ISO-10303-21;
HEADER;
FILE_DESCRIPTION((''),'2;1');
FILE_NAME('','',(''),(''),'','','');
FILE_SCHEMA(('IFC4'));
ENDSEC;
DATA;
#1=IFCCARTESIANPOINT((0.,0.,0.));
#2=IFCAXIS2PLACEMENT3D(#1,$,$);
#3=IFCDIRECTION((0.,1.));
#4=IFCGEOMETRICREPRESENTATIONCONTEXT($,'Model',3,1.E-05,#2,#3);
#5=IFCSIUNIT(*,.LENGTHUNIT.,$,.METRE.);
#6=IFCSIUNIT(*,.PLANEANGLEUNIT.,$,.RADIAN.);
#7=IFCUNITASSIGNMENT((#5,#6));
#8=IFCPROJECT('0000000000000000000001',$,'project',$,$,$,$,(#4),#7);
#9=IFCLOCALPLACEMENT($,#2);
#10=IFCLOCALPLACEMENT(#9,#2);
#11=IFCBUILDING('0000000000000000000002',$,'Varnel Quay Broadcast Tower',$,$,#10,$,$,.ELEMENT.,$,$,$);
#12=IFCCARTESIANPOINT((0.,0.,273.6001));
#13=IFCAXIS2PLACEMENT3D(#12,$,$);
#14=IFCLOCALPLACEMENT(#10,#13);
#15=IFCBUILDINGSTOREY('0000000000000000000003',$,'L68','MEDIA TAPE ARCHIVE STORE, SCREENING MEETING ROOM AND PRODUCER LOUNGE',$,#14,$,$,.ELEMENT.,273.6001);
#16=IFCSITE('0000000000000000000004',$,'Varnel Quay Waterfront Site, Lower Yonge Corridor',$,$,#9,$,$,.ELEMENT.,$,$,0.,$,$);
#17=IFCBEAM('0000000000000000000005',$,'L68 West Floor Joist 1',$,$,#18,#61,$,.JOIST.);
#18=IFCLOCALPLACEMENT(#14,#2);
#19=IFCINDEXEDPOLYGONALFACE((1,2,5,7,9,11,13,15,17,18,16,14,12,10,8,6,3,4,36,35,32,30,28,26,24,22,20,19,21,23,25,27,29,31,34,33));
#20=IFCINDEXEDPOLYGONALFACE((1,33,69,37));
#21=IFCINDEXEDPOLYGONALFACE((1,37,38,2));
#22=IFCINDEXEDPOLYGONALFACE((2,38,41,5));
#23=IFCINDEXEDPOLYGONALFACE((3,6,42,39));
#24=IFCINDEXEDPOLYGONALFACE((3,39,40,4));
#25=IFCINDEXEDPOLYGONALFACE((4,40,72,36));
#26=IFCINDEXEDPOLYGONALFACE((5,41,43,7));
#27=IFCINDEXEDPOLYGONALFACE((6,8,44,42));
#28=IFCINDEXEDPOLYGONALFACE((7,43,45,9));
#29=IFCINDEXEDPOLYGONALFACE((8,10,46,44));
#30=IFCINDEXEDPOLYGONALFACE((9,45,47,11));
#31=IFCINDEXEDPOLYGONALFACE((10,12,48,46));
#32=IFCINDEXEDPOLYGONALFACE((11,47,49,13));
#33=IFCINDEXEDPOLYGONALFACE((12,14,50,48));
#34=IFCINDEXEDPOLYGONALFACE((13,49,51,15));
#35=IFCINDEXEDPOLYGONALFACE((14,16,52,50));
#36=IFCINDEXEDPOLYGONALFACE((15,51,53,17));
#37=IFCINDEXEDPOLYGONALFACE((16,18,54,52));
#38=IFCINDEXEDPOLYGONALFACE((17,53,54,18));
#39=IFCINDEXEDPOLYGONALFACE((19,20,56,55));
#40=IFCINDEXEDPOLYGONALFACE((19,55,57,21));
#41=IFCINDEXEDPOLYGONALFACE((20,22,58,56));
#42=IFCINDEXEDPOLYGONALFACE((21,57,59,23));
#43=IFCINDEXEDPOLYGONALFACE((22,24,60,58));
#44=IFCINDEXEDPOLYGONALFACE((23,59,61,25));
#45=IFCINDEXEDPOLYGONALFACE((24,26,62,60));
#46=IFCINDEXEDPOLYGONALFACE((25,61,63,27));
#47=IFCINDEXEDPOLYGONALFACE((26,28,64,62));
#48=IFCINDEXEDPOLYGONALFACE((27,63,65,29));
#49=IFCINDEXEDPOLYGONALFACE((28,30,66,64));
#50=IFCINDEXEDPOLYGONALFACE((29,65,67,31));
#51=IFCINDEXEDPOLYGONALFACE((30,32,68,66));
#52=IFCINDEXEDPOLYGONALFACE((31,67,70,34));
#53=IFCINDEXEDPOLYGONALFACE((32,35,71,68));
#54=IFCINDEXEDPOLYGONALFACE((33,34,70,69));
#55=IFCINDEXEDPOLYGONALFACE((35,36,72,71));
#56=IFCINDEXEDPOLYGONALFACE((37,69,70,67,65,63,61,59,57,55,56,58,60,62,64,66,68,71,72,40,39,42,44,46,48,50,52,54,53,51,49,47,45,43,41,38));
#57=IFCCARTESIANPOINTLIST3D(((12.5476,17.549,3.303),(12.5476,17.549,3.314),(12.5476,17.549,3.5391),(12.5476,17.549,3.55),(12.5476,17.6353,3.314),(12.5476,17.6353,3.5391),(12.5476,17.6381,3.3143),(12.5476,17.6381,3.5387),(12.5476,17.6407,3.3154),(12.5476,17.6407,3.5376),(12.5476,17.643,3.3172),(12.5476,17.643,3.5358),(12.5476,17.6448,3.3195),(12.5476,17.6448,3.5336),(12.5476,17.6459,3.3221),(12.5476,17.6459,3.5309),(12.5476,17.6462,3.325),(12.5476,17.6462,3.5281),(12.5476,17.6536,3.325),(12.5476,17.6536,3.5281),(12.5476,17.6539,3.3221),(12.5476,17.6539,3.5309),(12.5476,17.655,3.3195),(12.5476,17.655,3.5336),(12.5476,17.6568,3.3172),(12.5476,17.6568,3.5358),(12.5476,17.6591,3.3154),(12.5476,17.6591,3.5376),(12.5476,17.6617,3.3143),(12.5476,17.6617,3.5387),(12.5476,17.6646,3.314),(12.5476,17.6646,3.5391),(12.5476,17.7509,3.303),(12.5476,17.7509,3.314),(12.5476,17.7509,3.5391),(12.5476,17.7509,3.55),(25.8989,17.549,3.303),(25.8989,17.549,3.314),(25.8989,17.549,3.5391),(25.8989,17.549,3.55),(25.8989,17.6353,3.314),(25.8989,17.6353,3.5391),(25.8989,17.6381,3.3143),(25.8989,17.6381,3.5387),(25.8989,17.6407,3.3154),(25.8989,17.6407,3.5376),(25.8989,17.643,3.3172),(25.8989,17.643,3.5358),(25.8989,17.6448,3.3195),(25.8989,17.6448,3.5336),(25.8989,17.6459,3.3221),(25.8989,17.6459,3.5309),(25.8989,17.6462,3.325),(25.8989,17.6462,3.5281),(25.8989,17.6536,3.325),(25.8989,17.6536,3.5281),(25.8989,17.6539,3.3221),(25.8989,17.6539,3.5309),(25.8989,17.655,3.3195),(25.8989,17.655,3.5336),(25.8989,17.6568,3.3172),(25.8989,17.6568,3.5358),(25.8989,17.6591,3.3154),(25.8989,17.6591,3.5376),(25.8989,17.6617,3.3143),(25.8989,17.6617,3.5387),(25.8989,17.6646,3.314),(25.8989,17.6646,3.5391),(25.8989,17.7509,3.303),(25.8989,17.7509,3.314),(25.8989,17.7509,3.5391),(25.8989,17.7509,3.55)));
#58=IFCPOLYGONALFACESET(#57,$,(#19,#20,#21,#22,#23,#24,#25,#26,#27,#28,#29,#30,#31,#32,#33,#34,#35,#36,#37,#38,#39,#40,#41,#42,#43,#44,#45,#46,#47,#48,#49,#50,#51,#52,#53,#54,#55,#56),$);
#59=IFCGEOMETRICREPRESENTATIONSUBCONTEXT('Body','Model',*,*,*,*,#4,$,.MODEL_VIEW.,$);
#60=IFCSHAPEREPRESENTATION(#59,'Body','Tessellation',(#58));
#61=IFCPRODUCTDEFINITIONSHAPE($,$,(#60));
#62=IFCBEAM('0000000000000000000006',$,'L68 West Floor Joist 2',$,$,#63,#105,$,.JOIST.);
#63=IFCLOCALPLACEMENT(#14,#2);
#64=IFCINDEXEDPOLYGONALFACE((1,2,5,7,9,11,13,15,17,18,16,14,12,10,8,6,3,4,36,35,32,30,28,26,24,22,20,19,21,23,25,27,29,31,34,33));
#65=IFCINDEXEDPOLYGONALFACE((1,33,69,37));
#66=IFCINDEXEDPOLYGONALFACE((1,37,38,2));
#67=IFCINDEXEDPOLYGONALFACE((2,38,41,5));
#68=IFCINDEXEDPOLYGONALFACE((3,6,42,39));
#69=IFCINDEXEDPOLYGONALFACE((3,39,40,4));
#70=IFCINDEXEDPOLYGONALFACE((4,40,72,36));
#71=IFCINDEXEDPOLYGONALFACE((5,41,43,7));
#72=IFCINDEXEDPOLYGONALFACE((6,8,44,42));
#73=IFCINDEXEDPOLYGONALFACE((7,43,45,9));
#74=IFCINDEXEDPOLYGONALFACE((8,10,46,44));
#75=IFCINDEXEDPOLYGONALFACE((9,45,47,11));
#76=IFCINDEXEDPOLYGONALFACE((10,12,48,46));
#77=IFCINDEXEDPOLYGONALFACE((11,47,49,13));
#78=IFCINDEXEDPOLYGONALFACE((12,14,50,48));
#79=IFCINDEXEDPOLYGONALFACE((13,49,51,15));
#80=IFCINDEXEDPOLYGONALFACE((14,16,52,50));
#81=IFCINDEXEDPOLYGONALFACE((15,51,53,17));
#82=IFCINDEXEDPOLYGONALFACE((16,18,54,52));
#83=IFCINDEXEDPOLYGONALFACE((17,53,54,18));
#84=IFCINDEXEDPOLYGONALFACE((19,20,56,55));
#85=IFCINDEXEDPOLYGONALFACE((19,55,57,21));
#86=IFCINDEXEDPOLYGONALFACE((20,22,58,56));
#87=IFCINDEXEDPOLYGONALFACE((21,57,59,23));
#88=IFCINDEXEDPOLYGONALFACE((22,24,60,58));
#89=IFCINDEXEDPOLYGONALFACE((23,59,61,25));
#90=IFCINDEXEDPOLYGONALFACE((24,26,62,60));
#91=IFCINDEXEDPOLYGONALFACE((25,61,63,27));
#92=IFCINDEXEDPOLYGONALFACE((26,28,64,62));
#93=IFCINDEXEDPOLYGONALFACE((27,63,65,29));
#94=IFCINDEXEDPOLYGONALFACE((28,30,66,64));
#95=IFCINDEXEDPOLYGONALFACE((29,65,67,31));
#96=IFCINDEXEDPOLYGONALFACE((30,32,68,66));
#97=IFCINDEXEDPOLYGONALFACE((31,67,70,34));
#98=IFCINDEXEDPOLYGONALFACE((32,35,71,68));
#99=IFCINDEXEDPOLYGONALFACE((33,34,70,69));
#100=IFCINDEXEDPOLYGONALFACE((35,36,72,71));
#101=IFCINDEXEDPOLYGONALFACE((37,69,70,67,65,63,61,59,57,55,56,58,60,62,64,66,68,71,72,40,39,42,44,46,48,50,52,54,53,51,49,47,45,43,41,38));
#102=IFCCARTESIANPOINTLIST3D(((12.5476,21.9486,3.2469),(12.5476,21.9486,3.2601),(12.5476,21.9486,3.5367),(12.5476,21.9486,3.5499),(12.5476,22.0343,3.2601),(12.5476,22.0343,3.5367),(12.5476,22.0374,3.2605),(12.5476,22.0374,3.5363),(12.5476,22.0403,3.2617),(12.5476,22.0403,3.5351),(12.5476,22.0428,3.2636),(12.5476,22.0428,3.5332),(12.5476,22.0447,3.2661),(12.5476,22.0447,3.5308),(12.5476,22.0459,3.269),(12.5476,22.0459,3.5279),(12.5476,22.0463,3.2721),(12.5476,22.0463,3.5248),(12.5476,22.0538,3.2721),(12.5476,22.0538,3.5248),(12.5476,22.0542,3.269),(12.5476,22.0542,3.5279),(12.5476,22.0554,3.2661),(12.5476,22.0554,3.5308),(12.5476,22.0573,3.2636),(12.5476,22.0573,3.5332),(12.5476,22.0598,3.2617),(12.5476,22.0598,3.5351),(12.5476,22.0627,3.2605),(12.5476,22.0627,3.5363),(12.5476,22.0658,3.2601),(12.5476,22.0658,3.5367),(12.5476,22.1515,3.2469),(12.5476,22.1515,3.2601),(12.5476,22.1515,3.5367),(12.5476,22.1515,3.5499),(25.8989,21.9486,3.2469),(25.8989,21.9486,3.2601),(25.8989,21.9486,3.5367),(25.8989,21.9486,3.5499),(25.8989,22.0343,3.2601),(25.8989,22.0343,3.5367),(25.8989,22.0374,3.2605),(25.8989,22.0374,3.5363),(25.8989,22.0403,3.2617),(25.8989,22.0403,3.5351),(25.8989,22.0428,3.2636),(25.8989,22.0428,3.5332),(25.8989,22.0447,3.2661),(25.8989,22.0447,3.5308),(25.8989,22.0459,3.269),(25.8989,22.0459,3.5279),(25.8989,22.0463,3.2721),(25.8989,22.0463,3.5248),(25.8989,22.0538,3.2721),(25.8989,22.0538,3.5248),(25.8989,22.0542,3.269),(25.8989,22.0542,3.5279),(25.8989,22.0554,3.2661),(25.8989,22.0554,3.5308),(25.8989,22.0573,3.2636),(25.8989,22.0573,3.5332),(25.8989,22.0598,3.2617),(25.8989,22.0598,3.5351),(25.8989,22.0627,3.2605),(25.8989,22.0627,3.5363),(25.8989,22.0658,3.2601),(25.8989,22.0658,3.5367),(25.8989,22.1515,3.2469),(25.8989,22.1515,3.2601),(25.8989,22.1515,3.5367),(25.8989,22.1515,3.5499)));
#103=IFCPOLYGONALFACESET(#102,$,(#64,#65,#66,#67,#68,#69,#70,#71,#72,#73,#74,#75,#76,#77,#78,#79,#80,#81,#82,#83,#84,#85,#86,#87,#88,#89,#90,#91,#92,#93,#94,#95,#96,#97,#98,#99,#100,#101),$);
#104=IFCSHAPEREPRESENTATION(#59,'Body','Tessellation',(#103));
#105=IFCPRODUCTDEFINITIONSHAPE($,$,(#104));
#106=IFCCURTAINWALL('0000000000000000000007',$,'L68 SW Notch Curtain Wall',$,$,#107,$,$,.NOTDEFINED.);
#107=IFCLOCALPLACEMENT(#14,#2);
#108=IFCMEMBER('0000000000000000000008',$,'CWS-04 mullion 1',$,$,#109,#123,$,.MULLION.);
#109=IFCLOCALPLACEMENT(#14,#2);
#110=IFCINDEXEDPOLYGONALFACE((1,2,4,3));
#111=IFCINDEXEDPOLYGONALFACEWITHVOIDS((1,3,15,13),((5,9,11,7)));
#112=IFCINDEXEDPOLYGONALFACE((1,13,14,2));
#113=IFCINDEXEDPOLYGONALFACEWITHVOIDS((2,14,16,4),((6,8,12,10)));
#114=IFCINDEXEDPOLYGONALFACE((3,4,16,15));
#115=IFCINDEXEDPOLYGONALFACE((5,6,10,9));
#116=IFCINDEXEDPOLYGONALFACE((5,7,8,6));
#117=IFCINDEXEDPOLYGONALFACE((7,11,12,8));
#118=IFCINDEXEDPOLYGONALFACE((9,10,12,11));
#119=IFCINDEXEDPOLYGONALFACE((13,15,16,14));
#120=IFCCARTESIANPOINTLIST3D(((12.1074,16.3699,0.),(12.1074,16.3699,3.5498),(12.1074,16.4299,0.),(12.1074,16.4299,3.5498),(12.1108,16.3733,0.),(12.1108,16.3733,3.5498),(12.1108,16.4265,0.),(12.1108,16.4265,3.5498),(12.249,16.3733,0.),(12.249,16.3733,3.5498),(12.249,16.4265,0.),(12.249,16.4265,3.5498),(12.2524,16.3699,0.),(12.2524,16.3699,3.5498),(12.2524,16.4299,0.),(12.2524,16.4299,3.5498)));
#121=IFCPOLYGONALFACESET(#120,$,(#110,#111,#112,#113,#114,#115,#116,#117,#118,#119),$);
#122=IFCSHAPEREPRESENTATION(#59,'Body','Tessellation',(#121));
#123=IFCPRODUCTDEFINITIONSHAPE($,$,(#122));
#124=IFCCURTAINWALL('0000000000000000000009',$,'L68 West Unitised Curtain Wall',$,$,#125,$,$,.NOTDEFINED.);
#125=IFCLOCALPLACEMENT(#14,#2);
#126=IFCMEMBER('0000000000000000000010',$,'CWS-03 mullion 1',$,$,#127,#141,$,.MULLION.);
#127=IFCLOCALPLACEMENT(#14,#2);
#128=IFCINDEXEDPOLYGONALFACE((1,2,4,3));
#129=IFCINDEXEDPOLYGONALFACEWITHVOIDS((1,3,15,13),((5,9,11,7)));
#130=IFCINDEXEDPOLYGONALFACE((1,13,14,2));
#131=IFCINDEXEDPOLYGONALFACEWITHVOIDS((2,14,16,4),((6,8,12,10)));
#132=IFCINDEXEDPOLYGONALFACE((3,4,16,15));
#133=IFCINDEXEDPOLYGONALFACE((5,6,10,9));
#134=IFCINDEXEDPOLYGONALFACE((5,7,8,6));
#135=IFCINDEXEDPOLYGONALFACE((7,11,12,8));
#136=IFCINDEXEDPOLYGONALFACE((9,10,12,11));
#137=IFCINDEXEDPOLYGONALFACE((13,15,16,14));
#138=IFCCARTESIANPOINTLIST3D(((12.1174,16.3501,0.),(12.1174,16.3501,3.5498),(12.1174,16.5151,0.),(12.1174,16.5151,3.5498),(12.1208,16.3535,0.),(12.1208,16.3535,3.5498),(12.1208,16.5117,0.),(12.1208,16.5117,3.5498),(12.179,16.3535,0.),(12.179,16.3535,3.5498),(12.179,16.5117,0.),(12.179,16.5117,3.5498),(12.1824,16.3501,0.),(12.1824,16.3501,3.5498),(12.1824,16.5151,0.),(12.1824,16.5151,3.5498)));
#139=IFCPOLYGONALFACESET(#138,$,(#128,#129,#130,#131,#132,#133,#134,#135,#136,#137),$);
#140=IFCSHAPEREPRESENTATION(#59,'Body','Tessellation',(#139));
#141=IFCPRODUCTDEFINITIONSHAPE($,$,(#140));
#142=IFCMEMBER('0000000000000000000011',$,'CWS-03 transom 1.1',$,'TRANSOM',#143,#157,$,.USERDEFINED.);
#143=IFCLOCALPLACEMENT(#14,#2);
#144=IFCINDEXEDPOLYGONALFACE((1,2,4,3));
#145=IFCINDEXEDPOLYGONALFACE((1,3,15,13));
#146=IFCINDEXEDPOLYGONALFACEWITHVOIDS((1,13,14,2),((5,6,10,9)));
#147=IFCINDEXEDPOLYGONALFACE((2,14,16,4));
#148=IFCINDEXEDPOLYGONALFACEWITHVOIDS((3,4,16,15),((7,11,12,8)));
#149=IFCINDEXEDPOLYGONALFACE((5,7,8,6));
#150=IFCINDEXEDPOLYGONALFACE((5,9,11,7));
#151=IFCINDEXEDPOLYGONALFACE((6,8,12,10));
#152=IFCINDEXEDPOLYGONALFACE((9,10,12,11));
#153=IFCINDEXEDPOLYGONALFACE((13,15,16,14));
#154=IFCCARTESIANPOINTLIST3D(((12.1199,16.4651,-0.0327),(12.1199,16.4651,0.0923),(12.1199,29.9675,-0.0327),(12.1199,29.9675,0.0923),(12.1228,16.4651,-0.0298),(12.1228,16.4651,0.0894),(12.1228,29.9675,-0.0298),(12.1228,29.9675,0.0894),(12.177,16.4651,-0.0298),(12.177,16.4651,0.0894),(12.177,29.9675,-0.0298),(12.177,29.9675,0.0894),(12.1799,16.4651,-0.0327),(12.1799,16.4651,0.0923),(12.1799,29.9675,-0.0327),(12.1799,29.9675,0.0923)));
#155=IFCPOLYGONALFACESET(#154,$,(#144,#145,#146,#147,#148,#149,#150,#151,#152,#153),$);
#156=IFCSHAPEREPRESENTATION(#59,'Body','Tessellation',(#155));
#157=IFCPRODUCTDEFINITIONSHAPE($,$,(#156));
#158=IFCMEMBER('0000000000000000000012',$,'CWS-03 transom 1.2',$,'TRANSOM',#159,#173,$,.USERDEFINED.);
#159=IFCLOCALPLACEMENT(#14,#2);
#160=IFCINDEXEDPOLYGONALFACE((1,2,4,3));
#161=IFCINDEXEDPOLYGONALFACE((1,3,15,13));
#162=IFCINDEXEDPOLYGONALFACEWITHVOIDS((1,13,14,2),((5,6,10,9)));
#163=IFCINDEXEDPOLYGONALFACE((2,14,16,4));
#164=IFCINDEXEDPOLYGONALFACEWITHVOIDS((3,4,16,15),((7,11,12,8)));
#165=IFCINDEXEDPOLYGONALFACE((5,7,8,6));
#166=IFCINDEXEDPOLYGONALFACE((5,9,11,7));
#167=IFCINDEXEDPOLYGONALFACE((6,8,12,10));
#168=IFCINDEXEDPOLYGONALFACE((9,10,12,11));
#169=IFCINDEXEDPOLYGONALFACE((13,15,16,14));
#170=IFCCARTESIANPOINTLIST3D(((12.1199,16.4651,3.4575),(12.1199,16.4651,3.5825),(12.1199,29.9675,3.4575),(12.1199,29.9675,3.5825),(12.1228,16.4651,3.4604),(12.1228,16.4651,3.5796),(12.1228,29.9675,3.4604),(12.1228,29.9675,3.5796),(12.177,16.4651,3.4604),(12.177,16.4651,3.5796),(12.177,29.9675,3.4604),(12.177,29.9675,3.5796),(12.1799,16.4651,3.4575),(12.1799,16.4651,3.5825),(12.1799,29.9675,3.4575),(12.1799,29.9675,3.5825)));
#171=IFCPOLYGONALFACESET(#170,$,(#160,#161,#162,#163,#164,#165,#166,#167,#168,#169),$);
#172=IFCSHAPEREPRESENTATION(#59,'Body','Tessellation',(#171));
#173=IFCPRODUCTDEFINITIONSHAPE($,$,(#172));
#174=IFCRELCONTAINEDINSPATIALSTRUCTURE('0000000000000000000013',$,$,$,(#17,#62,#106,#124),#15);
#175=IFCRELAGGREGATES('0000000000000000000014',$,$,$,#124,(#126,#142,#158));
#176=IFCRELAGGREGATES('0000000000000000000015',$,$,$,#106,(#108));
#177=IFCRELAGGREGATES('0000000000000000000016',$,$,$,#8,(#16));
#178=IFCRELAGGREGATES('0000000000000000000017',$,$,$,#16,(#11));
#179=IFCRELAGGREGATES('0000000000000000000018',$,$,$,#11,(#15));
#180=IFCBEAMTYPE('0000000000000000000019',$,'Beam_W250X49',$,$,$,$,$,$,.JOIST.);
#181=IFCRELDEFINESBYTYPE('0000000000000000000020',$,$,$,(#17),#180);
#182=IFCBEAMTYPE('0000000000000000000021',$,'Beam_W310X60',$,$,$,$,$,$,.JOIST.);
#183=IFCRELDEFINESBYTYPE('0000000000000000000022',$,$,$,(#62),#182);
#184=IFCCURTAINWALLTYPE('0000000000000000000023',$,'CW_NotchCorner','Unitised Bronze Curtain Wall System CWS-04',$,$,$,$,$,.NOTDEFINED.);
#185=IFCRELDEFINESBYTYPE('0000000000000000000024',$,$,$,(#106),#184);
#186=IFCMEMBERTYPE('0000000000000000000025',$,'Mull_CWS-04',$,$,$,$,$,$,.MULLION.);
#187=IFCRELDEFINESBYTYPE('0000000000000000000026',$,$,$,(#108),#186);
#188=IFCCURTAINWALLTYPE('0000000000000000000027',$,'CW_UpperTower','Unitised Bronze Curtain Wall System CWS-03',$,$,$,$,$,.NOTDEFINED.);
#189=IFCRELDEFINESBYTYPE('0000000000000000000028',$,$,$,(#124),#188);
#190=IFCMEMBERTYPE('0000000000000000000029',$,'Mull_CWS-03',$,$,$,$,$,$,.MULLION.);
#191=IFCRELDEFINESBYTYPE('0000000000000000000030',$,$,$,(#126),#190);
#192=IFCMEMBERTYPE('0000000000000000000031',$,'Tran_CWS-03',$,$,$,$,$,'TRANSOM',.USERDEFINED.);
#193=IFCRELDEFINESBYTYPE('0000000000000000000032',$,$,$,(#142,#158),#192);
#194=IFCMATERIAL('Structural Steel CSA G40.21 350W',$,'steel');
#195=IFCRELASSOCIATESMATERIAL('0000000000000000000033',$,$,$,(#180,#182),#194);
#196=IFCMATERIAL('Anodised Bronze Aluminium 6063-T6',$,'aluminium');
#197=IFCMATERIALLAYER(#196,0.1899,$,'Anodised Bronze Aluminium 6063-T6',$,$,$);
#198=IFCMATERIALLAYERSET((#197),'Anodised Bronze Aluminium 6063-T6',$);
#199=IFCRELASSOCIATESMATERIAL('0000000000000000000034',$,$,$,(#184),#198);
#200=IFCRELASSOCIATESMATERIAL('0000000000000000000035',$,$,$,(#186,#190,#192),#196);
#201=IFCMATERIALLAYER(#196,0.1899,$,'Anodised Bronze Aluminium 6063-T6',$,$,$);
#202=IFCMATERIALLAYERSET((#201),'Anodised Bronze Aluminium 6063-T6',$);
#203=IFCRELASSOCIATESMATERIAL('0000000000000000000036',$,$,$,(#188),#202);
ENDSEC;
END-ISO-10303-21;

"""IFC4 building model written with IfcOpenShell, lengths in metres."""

from ifc_helpers import new_model, si_unit, direction, frame, origin, origin_2d, place, context, subcontext, project, spatial, hollow_rectangle, i_section, extrude, source, transform, mapped, material, layer, layer_set, material_profile, profile_set, type_object, type_shapes, element, aggregate, save


model = new_model("IFC4")

# Units and contexts
model_context = context("Model", 3, precision=1e-05, world=origin(), true_north=direction((0.0, 1.0)))
body_context = subcontext(model_context, "Body", "Model", "MODEL_VIEW")
ifc_project = project(units=[si_unit("LENGTHUNIT", "METRE"), si_unit("PLANEANGLEUNIT", "RADIAN")], contexts=[model_context])

# Site, building, storey
site_placement = place(None, origin())
site = spatial("IfcSite", under=ifc_project, at=site_placement, Name="Varnel Quay Waterfront Site, Lower Yonge Corridor", CompositionType="ELEMENT", RefElevation=0.0)
building_placement = place(site_placement, origin())
building = spatial("IfcBuilding", under=site, at=building_placement, Name="Varnel Quay Broadcast Tower", CompositionType="ELEMENT")
storey_placement = place(building_placement, frame((0.0, 0.0, 273.6001)))
storey = spatial("IfcBuildingStorey", under=building, at=storey_placement, Name="L68", Description="MEDIA TAPE ARCHIVE STORE, SCREENING MEETING ROOM AND PRODUCER LOUNGE", CompositionType="ELEMENT", Elevation=273.6001)

# Beams
ifc_material_1 = material(Name="Structural Steel CSA G40.21 350W", Category="steel")
ifc_material_profile_1 = material_profile(ifc_material_1, i_section(OverallWidth=0.2019, OverallDepth=0.2471, WebThickness=0.0073, FlangeThickness=0.011, FilletRadius=0.011, at=origin_2d()), Name="W250X49")
ifc_profile_set_1 = profile_set([ifc_material_profile_1], Name="Structural Steel CSA G40.21 350W")
beam_type_1 = type_object("IfcBeamType", Name="Beam_W250X49", PredefinedType="JOIST", material=ifc_profile_set_1)
shared_shape_1 = source(origin(), body_context, "Body", "SweptSolid", [
    extrude(i_section(OverallWidth=0.2019, OverallDepth=0.2471, WebThickness=0.0073, FlangeThickness=0.011, FilletRadius=0.011, at=origin_2d()), origin(), (0.0, 0.0, 1.0), 13.3513),
])
type_shapes(beam_type_1, [shared_shape_1])
beam_1_placement = place(storey_placement, frame((12.5476, 17.6499, 3.4265), z_axis=(1.0, 0.0, 0.0), x_axis=(0.0, 1.0, 0.0)))
element("IfcBeam", 1, at=beam_1_placement, inside=storey, type_object=beam_type_1, Name="L68 West Floor Joist 1", PredefinedType="JOIST", context=body_context, shape_type="MappedRepresentation", body=[
    mapped(shared_shape_1, transform((0.0, 0.0, 0.0), x_axis=(1.0, 0.0, 0.0), y_axis=(0.0, 1.0, 0.0), z_axis=(0.0, 0.0, 1.0), scale=1.0)),
])
ifc_material_profile_2 = material_profile(ifc_material_1, i_section(OverallWidth=0.2029, OverallDepth=0.303, WebThickness=0.0076, FlangeThickness=0.0132, FilletRadius=0.012, at=origin_2d()), Name="W310X60")
ifc_profile_set_2 = profile_set([ifc_material_profile_2], Name="Structural Steel CSA G40.21 350W")
beam_type_2 = type_object("IfcBeamType", Name="Beam_W310X60", PredefinedType="JOIST", material=ifc_profile_set_2)
shared_shape_2 = source(origin(), body_context, "Body", "SweptSolid", [
    extrude(i_section(OverallWidth=0.2029, OverallDepth=0.303, WebThickness=0.0076, FlangeThickness=0.0132, FilletRadius=0.012, at=origin_2d()), origin(), (0.0, 0.0, 1.0), 13.3513),
])
type_shapes(beam_type_2, [shared_shape_2])
beam_2_placement = place(storey_placement, frame((12.5476, 22.05, 3.3984), z_axis=(1.0, 0.0, 0.0), x_axis=(0.0, 1.0, 0.0)))
element("IfcBeam", 2, at=beam_2_placement, inside=storey, type_object=beam_type_2, Name="L68 West Floor Joist 2", PredefinedType="JOIST", context=body_context, shape_type="MappedRepresentation", body=[
    mapped(shared_shape_2, transform((0.0, 0.0, 0.0), x_axis=(1.0, 0.0, 0.0), y_axis=(0.0, 1.0, 0.0), z_axis=(0.0, 0.0, 1.0), scale=1.0)),
])

# Curtain wall, member
ifc_material_2 = material(Name="Anodised Bronze Aluminium 6063-T6", Category="aluminium")
ifc_layer_1 = layer(ifc_material_2, 0.1899, Name="Anodised Bronze Aluminium 6063-T6")
ifc_layer_set_1 = layer_set([ifc_layer_1], Name="Anodised Bronze Aluminium 6063-T6")
curtain_wall_type_1 = type_object("IfcCurtainWallType", Name="CW_NotchCorner", Description="Unitised Bronze Curtain Wall System CWS-04", PredefinedType="NOTDEFINED", material=ifc_layer_set_1)
curtain_wall_1_placement = place(storey_placement, origin())
curtain_wall_1 = element("IfcCurtainWall", 3, at=curtain_wall_1_placement, inside=storey, type_object=curtain_wall_type_1, Name="L68 SW Notch Curtain Wall", PredefinedType="NOTDEFINED")
ifc_material_profile_3 = material_profile(ifc_material_2, hollow_rectangle(XDim=0.0601, YDim=0.145, WallThickness=0.0034, at=origin_2d()), Name="ALU60X145X3.5")
ifc_profile_set_3 = profile_set([ifc_material_profile_3], Name="Anodised Bronze Aluminium 6063-T6")
member_type_1 = type_object("IfcMemberType", Name="Mull_CWS-04", PredefinedType="MULLION", material=ifc_profile_set_3)
shared_shape_3 = source(origin(), body_context, "Body", "SweptSolid", [
    extrude(hollow_rectangle(XDim=0.0601, YDim=0.145, WallThickness=0.0034, at=origin_2d()), origin(), (0.0, 0.0, 1.0), 3.5498),
])
type_shapes(member_type_1, [shared_shape_3])
member_1_placement = place(storey_placement, frame((12.1799, 16.3999, 0.0), z_axis=(0.0, 0.0, 1.0), x_axis=(0.0, 1.0, 0.0)))
member_1 = element("IfcMember", 4, at=member_1_placement, type_object=member_type_1, Name="CWS-04 mullion 1", PredefinedType="MULLION", context=body_context, shape_type="MappedRepresentation", body=[
    mapped(shared_shape_3, transform((0.0, 0.0, 0.0), x_axis=(1.0, 0.0, 0.0), y_axis=(0.0, 1.0, 0.0), z_axis=(0.0, 0.0, 1.0), scale=1.0)),
])

# Curtain wall, members
ifc_layer_2 = layer(ifc_material_2, 0.1899, Name="Anodised Bronze Aluminium 6063-T6")
ifc_layer_set_2 = layer_set([ifc_layer_2], Name="Anodised Bronze Aluminium 6063-T6")
curtain_wall_type_2 = type_object("IfcCurtainWallType", Name="CW_UpperTower", Description="Unitised Bronze Curtain Wall System CWS-03", PredefinedType="NOTDEFINED", material=ifc_layer_set_2)
curtain_wall_2_placement = place(storey_placement, origin())
curtain_wall_2 = element("IfcCurtainWall", 5, at=curtain_wall_2_placement, inside=storey, type_object=curtain_wall_type_2, Name="L68 West Unitised Curtain Wall", PredefinedType="NOTDEFINED")
ifc_material_profile_4 = material_profile(ifc_material_2, hollow_rectangle(XDim=0.0649, YDim=0.165, WallThickness=0.0034, at=origin_2d()), Name="ALU65X165X3.5")
ifc_profile_set_4 = profile_set([ifc_material_profile_4], Name="Anodised Bronze Aluminium 6063-T6")
member_type_2 = type_object("IfcMemberType", Name="Mull_CWS-03", PredefinedType="MULLION", material=ifc_profile_set_4)
shared_shape_4 = source(origin(), body_context, "Body", "SweptSolid", [
    extrude(hollow_rectangle(XDim=0.0649, YDim=0.165, WallThickness=0.0034, at=origin_2d()), origin(), (0.0, 0.0, 1.0), 3.5498),
])
type_shapes(member_type_2, [shared_shape_4])
member_2_placement = place(storey_placement, frame((12.1499, 16.4326, 0.0), z_axis=(0.0, 0.0, 1.0), x_axis=(-1.0, 0.0, 0.0)))
member_2 = element("IfcMember", 6, at=member_2_placement, type_object=member_type_2, Name="CWS-03 mullion 1", PredefinedType="MULLION", context=body_context, shape_type="MappedRepresentation", body=[
    mapped(shared_shape_4, transform((0.0, 0.0, 0.0), x_axis=(1.0, 0.0, 0.0), y_axis=(0.0, 1.0, 0.0), z_axis=(0.0, 0.0, 1.0), scale=1.0)),
])
ifc_material_profile_5 = material_profile(ifc_material_2, hollow_rectangle(XDim=0.0601, YDim=0.125, WallThickness=0.0029, at=origin_2d()), Name="ALU60X125X3")
ifc_profile_set_5 = profile_set([ifc_material_profile_5], Name="Anodised Bronze Aluminium 6063-T6")
member_type_3 = type_object("IfcMemberType", Name="Tran_CWS-03", ElementType="TRANSOM", PredefinedType="USERDEFINED", material=ifc_profile_set_5)
shared_shape_5 = source(origin(), body_context, "Body", "SweptSolid", [
    extrude(hollow_rectangle(XDim=0.0601, YDim=0.125, WallThickness=0.0029, at=origin_2d()), origin(), (0.0, 0.0, 1.0), 13.5024),
])
type_shapes(member_type_3, [shared_shape_5])
member_3_placement = place(storey_placement, frame((12.1499, 16.4651, 0.0298), z_axis=(0.0, 1.0, 0.0), x_axis=(-1.0, 0.0, 0.0)))
member_3 = element("IfcMember", 7, at=member_3_placement, type_object=member_type_3, Name="CWS-03 transom 1.1", ObjectType="TRANSOM", PredefinedType="USERDEFINED", context=body_context, shape_type="MappedRepresentation", body=[
    mapped(shared_shape_5, transform((0.0, 0.0, 0.0), x_axis=(1.0, 0.0, 0.0), y_axis=(0.0, 1.0, 0.0), z_axis=(0.0, 0.0, 1.0), scale=1.0)),
])
member_4_placement = place(storey_placement, frame((12.1499, 16.4651, 3.52), z_axis=(0.0, 1.0, 0.0), x_axis=(-1.0, 0.0, 0.0)))
member_4 = element("IfcMember", 8, at=member_4_placement, type_object=member_type_3, Name="CWS-03 transom 1.2", ObjectType="TRANSOM", PredefinedType="USERDEFINED", context=body_context, shape_type="MappedRepresentation", body=[
    mapped(shared_shape_5, transform((0.0, 0.0, 0.0), x_axis=(1.0, 0.0, 0.0), y_axis=(0.0, 1.0, 0.0), z_axis=(0.0, 0.0, 1.0), scale=1.0)),
])
aggregate(curtain_wall_2, [member_2, member_3, member_4])

aggregate(curtain_wall_1, [member_1])

save(model, "model.ifc")
